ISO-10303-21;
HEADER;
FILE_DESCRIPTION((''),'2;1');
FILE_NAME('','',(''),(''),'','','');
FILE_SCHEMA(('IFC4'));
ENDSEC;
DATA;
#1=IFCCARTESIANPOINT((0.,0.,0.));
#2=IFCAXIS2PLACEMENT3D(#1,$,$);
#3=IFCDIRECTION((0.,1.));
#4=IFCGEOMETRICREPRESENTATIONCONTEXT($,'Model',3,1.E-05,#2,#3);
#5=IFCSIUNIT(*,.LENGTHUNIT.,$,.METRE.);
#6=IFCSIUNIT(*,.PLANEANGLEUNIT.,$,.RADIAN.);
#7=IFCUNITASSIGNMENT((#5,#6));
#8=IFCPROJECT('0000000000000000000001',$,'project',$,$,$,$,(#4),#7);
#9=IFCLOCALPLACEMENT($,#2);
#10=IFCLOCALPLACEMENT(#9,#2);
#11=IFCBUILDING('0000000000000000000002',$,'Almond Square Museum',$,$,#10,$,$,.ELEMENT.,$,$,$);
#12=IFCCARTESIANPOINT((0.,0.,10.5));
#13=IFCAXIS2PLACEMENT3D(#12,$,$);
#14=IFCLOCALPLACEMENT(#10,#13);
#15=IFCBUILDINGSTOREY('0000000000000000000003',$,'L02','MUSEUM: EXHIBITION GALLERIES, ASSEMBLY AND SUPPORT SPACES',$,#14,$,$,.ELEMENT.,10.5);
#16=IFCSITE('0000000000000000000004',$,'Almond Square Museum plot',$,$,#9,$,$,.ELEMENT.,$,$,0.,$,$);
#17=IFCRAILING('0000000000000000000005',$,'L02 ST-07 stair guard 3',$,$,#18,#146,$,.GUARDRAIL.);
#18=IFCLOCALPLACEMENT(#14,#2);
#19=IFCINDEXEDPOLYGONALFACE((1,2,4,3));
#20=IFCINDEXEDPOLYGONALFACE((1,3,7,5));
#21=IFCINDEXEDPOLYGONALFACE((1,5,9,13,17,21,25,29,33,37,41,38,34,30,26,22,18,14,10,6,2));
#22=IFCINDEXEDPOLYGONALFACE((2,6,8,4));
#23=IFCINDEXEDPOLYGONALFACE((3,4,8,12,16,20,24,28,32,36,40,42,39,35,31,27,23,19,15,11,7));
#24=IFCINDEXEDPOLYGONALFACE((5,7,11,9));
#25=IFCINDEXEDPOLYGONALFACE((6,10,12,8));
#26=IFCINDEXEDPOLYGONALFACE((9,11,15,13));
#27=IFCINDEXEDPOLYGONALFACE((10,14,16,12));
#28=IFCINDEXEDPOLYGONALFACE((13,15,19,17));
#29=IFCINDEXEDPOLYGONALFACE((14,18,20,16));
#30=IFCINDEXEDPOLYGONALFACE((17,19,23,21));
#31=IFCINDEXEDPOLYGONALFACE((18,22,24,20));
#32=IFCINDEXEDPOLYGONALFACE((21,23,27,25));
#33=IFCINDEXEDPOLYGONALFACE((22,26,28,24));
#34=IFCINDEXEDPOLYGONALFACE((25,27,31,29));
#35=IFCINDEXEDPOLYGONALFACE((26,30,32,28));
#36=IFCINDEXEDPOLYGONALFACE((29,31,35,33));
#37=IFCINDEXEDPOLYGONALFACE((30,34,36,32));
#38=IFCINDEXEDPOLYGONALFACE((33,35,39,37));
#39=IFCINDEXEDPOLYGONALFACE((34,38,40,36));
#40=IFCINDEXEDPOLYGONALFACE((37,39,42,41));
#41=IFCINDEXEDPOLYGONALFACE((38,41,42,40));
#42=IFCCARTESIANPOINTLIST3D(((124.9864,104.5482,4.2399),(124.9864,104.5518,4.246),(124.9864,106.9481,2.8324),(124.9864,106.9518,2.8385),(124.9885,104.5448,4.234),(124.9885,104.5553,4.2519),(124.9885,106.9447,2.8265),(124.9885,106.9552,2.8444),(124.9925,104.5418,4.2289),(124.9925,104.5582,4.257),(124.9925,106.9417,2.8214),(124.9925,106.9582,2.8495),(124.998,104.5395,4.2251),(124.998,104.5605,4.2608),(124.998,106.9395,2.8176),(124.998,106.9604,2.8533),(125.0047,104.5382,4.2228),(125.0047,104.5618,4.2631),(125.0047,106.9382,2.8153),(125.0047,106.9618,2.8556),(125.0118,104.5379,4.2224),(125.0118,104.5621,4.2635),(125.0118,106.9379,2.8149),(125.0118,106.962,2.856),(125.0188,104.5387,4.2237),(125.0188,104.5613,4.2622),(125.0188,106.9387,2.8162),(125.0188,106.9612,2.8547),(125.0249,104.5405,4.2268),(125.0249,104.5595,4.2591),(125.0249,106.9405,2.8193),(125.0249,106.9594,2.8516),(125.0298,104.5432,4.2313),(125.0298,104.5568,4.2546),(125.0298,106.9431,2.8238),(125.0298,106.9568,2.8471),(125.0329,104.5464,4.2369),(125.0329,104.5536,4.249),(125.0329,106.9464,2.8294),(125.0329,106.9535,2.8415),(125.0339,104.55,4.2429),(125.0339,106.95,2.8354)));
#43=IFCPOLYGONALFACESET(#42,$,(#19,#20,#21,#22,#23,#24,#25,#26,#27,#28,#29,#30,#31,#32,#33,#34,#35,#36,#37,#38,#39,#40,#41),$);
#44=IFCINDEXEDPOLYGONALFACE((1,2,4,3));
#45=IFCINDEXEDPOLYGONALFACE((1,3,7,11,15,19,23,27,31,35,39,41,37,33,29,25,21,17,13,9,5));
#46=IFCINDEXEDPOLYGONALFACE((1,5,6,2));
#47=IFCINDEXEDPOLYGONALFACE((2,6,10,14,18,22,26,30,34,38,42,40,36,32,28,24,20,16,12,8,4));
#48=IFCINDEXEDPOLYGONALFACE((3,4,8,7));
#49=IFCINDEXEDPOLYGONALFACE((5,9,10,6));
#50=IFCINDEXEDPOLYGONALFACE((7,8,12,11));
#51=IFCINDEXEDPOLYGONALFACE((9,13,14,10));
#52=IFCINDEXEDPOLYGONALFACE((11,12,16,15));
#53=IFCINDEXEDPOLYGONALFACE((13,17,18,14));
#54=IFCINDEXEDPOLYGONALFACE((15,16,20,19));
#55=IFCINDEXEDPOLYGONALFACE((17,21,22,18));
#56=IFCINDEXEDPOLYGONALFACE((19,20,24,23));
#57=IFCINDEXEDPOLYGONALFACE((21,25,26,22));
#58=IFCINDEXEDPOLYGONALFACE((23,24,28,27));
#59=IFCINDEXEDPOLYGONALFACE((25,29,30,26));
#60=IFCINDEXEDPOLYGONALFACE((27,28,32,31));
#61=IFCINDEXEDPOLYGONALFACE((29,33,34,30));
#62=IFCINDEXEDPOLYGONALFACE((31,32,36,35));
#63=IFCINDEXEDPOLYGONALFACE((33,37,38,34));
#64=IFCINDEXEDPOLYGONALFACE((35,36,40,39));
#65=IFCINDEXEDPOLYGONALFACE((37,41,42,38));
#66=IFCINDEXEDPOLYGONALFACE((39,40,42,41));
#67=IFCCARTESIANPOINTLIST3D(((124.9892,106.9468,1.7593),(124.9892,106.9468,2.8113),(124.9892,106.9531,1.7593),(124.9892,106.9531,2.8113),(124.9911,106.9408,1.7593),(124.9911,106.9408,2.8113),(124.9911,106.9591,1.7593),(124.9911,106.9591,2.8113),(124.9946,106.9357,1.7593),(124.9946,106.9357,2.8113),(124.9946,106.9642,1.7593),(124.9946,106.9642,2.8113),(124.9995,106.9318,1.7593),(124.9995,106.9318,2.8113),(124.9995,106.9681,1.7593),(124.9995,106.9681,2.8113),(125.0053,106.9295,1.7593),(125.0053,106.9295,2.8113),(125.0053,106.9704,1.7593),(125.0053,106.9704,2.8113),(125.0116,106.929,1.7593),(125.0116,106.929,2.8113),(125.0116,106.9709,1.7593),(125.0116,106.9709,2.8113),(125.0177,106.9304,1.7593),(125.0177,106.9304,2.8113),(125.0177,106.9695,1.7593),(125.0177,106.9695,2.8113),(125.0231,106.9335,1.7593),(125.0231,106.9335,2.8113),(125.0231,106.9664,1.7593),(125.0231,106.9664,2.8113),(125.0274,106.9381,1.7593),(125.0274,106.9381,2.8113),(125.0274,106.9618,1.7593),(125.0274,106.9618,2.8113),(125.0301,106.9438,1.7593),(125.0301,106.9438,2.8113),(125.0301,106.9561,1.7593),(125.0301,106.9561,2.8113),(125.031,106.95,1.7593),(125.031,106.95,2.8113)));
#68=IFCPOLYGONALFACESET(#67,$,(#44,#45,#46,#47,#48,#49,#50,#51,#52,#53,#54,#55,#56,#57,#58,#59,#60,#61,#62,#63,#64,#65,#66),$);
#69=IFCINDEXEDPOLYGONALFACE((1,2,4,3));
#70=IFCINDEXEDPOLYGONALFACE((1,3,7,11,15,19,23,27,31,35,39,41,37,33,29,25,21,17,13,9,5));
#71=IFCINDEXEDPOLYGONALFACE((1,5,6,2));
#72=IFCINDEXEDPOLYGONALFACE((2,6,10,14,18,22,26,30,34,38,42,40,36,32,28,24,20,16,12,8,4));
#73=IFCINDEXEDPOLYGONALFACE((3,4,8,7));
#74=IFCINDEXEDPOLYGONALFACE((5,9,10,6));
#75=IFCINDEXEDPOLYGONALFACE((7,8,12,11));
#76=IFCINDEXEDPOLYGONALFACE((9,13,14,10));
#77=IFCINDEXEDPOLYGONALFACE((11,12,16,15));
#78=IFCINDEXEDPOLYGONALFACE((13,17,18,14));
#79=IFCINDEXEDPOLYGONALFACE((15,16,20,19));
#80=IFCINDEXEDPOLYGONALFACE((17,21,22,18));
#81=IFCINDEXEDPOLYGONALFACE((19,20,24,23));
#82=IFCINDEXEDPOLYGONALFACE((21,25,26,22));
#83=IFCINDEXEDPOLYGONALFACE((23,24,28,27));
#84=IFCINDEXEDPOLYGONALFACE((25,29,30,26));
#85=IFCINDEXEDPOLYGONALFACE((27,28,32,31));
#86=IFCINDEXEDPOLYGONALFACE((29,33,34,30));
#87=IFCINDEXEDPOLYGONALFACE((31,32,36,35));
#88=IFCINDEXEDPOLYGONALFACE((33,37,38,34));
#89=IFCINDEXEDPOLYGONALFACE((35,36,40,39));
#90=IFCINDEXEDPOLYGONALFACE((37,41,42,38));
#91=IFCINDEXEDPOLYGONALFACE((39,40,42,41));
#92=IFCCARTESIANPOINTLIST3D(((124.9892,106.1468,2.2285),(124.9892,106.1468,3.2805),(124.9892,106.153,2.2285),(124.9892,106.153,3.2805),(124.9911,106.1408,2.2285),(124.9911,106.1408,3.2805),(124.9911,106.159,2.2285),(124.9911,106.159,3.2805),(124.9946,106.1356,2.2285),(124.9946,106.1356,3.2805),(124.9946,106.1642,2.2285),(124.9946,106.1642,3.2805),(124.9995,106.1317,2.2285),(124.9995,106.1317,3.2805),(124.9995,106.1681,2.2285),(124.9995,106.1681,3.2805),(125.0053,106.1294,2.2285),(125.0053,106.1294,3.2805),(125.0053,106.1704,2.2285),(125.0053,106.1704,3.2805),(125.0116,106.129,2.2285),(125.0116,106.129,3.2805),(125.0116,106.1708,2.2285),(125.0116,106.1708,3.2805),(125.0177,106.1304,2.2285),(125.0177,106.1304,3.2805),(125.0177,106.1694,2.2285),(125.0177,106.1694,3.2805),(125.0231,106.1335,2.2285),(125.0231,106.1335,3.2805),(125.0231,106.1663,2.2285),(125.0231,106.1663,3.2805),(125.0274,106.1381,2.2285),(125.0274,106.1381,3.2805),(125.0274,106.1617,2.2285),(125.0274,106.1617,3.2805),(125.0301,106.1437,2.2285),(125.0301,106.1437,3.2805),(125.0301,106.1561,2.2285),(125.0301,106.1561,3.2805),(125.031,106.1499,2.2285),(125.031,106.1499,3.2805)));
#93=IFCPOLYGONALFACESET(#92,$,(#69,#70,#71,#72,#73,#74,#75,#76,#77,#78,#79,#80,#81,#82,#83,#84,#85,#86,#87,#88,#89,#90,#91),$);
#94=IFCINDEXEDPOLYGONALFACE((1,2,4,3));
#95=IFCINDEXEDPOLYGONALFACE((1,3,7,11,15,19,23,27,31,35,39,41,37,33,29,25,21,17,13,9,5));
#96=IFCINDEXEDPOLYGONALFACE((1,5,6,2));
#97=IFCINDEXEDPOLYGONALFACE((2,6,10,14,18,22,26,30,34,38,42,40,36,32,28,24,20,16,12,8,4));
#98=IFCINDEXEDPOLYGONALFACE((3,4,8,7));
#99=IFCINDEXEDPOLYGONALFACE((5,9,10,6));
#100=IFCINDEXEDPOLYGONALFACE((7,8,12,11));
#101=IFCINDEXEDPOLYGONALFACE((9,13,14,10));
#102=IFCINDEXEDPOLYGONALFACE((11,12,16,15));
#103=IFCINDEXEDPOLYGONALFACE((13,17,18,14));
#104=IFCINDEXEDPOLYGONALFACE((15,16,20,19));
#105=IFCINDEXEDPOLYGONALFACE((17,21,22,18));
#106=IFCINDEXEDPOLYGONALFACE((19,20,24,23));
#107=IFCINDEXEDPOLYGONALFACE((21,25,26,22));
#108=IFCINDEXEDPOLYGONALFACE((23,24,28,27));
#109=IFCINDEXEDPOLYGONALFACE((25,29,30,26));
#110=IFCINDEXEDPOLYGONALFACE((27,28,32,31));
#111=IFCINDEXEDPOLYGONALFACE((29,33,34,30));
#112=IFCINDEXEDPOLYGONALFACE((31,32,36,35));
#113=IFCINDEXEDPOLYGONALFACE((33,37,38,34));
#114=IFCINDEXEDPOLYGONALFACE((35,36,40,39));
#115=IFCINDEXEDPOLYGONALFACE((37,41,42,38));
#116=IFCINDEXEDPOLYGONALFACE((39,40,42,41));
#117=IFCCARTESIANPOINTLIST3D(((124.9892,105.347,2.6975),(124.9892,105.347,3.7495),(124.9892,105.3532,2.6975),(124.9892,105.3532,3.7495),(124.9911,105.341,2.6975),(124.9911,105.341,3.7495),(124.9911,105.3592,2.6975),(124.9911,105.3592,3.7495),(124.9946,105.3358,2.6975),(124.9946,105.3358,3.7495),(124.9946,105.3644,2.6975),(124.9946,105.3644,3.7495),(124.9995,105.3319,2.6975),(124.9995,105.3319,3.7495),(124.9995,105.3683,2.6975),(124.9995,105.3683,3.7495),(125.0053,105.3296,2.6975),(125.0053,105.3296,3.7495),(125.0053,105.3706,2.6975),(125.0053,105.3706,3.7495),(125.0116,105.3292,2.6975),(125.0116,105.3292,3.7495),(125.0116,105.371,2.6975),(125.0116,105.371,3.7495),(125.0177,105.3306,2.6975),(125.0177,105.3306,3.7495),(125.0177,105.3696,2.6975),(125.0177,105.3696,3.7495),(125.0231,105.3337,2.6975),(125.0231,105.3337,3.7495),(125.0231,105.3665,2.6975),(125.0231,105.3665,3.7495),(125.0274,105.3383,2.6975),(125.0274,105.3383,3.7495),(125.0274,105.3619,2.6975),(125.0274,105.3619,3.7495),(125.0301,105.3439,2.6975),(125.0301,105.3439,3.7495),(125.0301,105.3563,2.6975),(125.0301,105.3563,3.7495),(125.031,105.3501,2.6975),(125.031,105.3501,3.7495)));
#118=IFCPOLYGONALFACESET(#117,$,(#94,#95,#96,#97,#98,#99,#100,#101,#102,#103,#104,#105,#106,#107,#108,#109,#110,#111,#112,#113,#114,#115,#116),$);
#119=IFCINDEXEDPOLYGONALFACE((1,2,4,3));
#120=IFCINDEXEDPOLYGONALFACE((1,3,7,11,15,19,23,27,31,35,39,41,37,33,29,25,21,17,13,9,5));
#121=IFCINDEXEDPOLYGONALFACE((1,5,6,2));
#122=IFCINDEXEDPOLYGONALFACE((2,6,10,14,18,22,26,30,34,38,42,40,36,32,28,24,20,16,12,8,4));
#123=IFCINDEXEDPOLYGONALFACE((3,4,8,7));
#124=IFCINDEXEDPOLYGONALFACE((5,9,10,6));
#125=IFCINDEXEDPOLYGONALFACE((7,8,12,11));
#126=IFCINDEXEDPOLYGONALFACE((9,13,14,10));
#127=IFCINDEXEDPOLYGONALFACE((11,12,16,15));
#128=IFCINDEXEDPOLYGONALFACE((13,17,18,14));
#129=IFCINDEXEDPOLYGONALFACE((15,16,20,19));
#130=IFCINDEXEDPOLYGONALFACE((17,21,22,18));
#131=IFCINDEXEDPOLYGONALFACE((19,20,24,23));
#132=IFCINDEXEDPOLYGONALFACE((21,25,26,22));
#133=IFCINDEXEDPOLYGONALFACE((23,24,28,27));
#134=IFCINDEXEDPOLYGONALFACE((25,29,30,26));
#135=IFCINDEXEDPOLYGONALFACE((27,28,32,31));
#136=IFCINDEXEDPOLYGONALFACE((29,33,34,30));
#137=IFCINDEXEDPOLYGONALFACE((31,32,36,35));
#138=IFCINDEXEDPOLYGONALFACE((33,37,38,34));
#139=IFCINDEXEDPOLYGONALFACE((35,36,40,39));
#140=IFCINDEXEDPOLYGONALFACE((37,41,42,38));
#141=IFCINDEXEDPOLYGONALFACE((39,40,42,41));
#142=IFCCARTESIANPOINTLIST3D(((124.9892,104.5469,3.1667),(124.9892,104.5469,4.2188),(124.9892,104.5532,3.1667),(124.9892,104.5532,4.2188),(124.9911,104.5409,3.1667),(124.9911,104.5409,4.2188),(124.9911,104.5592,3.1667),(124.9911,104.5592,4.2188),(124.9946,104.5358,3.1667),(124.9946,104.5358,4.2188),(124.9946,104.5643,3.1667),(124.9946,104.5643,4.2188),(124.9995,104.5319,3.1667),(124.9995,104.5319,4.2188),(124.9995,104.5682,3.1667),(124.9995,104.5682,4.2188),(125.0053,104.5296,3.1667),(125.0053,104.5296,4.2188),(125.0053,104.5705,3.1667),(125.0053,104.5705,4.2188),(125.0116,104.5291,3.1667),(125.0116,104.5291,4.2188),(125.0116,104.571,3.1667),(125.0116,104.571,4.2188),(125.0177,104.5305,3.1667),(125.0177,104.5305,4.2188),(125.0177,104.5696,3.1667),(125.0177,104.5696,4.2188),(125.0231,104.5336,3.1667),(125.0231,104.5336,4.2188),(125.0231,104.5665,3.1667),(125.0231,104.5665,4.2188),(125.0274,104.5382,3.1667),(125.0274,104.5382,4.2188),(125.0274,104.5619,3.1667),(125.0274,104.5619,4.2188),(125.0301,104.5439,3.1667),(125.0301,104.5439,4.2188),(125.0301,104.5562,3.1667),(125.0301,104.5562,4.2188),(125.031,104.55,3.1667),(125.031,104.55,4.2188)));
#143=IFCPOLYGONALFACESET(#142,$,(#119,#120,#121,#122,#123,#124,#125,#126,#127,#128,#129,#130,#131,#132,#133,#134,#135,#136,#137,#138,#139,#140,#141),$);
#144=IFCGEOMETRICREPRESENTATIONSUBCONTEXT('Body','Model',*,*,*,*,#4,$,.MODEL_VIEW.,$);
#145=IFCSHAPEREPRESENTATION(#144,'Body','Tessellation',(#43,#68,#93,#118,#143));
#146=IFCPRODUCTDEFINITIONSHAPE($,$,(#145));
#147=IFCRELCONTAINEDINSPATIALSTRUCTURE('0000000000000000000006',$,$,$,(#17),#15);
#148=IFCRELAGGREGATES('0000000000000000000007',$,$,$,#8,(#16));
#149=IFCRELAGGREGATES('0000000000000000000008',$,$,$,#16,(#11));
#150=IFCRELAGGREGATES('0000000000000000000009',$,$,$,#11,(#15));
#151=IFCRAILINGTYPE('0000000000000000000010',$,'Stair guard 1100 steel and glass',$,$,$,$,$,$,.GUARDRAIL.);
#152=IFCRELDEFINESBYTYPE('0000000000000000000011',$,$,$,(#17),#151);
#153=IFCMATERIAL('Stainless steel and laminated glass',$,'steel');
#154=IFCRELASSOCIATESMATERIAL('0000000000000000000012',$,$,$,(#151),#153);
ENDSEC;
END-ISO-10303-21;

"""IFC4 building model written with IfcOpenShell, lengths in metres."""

from ifc_helpers import new_model, si_unit, direction, frame, origin, origin_2d, place, context, subcontext, project, spatial, circle, extrude, material, type_object, element, save


model = new_model("IFC4")

# Units and contexts
model_context = context("Model", 3, precision=1e-05, world=origin(), true_north=direction((0.0, 1.0)))
body_context = subcontext(model_context, "Body", "Model", "MODEL_VIEW")
ifc_project = project(units=[si_unit("LENGTHUNIT", "METRE"), si_unit("PLANEANGLEUNIT", "RADIAN")], contexts=[model_context])

# Site, building, storey
site_placement = place(None, origin())
site = spatial("IfcSite", under=ifc_project, at=site_placement, Name="Almond Square Museum plot", CompositionType="ELEMENT", RefElevation=0.0)
building_placement = place(site_placement, origin())
building = spatial("IfcBuilding", under=site, at=building_placement, Name="Almond Square Museum", CompositionType="ELEMENT")
storey_placement = place(building_placement, frame((0.0, 0.0, 10.5)))
storey = spatial("IfcBuildingStorey", under=building, at=storey_placement, Name="L02", Description="MUSEUM: EXHIBITION GALLERIES, ASSEMBLY AND SUPPORT SPACES", CompositionType="ELEMENT", Elevation=10.5)

# Railing
ifc_material_1 = material(Name="Stainless steel and laminated glass", Category="steel")
railing_type_1 = type_object("IfcRailingType", Name="Stair guard 1100 steel and glass", PredefinedType="GUARDRAIL", material=ifc_material_1)
railing_1_placement = place(storey_placement, frame((125.01, 106.95, 1.7593)))
element("IfcRailing", 1, at=railing_1_placement, inside=storey, type_object=railing_type_1, Name="L02 ST-07 stair guard 3", PredefinedType="GUARDRAIL", context=body_context, shape_type="SweptSolid", body=[
    extrude(circle(Radius=0.0239, at=origin_2d()), frame((0.0, 0.0, 1.0762), z_axis=(0.0, -0.862599, 0.505888), x_axis=(1.0, 0.0, 0.0)), (0.0, 0.0, 1.0), 2.7822),
    extrude(circle(Radius=0.021, at=origin_2d()), origin(), (0.0, 0.0, 1.0), 1.052),
    extrude(circle(Radius=0.021, at=origin_2d()), frame((0.0, -0.8, 0.4692)), (0.0, 0.0, 1.0), 1.052),
    extrude(circle(Radius=0.021, at=origin_2d()), frame((0.0, -1.5999, 0.9382)), (0.0, 0.0, 1.0), 1.052),
    extrude(circle(Radius=0.021, at=origin_2d()), frame((0.0, -2.3999, 1.4075)), (0.0, 0.0, 1.0), 1.052),
])

save(model, "model.ifc")
